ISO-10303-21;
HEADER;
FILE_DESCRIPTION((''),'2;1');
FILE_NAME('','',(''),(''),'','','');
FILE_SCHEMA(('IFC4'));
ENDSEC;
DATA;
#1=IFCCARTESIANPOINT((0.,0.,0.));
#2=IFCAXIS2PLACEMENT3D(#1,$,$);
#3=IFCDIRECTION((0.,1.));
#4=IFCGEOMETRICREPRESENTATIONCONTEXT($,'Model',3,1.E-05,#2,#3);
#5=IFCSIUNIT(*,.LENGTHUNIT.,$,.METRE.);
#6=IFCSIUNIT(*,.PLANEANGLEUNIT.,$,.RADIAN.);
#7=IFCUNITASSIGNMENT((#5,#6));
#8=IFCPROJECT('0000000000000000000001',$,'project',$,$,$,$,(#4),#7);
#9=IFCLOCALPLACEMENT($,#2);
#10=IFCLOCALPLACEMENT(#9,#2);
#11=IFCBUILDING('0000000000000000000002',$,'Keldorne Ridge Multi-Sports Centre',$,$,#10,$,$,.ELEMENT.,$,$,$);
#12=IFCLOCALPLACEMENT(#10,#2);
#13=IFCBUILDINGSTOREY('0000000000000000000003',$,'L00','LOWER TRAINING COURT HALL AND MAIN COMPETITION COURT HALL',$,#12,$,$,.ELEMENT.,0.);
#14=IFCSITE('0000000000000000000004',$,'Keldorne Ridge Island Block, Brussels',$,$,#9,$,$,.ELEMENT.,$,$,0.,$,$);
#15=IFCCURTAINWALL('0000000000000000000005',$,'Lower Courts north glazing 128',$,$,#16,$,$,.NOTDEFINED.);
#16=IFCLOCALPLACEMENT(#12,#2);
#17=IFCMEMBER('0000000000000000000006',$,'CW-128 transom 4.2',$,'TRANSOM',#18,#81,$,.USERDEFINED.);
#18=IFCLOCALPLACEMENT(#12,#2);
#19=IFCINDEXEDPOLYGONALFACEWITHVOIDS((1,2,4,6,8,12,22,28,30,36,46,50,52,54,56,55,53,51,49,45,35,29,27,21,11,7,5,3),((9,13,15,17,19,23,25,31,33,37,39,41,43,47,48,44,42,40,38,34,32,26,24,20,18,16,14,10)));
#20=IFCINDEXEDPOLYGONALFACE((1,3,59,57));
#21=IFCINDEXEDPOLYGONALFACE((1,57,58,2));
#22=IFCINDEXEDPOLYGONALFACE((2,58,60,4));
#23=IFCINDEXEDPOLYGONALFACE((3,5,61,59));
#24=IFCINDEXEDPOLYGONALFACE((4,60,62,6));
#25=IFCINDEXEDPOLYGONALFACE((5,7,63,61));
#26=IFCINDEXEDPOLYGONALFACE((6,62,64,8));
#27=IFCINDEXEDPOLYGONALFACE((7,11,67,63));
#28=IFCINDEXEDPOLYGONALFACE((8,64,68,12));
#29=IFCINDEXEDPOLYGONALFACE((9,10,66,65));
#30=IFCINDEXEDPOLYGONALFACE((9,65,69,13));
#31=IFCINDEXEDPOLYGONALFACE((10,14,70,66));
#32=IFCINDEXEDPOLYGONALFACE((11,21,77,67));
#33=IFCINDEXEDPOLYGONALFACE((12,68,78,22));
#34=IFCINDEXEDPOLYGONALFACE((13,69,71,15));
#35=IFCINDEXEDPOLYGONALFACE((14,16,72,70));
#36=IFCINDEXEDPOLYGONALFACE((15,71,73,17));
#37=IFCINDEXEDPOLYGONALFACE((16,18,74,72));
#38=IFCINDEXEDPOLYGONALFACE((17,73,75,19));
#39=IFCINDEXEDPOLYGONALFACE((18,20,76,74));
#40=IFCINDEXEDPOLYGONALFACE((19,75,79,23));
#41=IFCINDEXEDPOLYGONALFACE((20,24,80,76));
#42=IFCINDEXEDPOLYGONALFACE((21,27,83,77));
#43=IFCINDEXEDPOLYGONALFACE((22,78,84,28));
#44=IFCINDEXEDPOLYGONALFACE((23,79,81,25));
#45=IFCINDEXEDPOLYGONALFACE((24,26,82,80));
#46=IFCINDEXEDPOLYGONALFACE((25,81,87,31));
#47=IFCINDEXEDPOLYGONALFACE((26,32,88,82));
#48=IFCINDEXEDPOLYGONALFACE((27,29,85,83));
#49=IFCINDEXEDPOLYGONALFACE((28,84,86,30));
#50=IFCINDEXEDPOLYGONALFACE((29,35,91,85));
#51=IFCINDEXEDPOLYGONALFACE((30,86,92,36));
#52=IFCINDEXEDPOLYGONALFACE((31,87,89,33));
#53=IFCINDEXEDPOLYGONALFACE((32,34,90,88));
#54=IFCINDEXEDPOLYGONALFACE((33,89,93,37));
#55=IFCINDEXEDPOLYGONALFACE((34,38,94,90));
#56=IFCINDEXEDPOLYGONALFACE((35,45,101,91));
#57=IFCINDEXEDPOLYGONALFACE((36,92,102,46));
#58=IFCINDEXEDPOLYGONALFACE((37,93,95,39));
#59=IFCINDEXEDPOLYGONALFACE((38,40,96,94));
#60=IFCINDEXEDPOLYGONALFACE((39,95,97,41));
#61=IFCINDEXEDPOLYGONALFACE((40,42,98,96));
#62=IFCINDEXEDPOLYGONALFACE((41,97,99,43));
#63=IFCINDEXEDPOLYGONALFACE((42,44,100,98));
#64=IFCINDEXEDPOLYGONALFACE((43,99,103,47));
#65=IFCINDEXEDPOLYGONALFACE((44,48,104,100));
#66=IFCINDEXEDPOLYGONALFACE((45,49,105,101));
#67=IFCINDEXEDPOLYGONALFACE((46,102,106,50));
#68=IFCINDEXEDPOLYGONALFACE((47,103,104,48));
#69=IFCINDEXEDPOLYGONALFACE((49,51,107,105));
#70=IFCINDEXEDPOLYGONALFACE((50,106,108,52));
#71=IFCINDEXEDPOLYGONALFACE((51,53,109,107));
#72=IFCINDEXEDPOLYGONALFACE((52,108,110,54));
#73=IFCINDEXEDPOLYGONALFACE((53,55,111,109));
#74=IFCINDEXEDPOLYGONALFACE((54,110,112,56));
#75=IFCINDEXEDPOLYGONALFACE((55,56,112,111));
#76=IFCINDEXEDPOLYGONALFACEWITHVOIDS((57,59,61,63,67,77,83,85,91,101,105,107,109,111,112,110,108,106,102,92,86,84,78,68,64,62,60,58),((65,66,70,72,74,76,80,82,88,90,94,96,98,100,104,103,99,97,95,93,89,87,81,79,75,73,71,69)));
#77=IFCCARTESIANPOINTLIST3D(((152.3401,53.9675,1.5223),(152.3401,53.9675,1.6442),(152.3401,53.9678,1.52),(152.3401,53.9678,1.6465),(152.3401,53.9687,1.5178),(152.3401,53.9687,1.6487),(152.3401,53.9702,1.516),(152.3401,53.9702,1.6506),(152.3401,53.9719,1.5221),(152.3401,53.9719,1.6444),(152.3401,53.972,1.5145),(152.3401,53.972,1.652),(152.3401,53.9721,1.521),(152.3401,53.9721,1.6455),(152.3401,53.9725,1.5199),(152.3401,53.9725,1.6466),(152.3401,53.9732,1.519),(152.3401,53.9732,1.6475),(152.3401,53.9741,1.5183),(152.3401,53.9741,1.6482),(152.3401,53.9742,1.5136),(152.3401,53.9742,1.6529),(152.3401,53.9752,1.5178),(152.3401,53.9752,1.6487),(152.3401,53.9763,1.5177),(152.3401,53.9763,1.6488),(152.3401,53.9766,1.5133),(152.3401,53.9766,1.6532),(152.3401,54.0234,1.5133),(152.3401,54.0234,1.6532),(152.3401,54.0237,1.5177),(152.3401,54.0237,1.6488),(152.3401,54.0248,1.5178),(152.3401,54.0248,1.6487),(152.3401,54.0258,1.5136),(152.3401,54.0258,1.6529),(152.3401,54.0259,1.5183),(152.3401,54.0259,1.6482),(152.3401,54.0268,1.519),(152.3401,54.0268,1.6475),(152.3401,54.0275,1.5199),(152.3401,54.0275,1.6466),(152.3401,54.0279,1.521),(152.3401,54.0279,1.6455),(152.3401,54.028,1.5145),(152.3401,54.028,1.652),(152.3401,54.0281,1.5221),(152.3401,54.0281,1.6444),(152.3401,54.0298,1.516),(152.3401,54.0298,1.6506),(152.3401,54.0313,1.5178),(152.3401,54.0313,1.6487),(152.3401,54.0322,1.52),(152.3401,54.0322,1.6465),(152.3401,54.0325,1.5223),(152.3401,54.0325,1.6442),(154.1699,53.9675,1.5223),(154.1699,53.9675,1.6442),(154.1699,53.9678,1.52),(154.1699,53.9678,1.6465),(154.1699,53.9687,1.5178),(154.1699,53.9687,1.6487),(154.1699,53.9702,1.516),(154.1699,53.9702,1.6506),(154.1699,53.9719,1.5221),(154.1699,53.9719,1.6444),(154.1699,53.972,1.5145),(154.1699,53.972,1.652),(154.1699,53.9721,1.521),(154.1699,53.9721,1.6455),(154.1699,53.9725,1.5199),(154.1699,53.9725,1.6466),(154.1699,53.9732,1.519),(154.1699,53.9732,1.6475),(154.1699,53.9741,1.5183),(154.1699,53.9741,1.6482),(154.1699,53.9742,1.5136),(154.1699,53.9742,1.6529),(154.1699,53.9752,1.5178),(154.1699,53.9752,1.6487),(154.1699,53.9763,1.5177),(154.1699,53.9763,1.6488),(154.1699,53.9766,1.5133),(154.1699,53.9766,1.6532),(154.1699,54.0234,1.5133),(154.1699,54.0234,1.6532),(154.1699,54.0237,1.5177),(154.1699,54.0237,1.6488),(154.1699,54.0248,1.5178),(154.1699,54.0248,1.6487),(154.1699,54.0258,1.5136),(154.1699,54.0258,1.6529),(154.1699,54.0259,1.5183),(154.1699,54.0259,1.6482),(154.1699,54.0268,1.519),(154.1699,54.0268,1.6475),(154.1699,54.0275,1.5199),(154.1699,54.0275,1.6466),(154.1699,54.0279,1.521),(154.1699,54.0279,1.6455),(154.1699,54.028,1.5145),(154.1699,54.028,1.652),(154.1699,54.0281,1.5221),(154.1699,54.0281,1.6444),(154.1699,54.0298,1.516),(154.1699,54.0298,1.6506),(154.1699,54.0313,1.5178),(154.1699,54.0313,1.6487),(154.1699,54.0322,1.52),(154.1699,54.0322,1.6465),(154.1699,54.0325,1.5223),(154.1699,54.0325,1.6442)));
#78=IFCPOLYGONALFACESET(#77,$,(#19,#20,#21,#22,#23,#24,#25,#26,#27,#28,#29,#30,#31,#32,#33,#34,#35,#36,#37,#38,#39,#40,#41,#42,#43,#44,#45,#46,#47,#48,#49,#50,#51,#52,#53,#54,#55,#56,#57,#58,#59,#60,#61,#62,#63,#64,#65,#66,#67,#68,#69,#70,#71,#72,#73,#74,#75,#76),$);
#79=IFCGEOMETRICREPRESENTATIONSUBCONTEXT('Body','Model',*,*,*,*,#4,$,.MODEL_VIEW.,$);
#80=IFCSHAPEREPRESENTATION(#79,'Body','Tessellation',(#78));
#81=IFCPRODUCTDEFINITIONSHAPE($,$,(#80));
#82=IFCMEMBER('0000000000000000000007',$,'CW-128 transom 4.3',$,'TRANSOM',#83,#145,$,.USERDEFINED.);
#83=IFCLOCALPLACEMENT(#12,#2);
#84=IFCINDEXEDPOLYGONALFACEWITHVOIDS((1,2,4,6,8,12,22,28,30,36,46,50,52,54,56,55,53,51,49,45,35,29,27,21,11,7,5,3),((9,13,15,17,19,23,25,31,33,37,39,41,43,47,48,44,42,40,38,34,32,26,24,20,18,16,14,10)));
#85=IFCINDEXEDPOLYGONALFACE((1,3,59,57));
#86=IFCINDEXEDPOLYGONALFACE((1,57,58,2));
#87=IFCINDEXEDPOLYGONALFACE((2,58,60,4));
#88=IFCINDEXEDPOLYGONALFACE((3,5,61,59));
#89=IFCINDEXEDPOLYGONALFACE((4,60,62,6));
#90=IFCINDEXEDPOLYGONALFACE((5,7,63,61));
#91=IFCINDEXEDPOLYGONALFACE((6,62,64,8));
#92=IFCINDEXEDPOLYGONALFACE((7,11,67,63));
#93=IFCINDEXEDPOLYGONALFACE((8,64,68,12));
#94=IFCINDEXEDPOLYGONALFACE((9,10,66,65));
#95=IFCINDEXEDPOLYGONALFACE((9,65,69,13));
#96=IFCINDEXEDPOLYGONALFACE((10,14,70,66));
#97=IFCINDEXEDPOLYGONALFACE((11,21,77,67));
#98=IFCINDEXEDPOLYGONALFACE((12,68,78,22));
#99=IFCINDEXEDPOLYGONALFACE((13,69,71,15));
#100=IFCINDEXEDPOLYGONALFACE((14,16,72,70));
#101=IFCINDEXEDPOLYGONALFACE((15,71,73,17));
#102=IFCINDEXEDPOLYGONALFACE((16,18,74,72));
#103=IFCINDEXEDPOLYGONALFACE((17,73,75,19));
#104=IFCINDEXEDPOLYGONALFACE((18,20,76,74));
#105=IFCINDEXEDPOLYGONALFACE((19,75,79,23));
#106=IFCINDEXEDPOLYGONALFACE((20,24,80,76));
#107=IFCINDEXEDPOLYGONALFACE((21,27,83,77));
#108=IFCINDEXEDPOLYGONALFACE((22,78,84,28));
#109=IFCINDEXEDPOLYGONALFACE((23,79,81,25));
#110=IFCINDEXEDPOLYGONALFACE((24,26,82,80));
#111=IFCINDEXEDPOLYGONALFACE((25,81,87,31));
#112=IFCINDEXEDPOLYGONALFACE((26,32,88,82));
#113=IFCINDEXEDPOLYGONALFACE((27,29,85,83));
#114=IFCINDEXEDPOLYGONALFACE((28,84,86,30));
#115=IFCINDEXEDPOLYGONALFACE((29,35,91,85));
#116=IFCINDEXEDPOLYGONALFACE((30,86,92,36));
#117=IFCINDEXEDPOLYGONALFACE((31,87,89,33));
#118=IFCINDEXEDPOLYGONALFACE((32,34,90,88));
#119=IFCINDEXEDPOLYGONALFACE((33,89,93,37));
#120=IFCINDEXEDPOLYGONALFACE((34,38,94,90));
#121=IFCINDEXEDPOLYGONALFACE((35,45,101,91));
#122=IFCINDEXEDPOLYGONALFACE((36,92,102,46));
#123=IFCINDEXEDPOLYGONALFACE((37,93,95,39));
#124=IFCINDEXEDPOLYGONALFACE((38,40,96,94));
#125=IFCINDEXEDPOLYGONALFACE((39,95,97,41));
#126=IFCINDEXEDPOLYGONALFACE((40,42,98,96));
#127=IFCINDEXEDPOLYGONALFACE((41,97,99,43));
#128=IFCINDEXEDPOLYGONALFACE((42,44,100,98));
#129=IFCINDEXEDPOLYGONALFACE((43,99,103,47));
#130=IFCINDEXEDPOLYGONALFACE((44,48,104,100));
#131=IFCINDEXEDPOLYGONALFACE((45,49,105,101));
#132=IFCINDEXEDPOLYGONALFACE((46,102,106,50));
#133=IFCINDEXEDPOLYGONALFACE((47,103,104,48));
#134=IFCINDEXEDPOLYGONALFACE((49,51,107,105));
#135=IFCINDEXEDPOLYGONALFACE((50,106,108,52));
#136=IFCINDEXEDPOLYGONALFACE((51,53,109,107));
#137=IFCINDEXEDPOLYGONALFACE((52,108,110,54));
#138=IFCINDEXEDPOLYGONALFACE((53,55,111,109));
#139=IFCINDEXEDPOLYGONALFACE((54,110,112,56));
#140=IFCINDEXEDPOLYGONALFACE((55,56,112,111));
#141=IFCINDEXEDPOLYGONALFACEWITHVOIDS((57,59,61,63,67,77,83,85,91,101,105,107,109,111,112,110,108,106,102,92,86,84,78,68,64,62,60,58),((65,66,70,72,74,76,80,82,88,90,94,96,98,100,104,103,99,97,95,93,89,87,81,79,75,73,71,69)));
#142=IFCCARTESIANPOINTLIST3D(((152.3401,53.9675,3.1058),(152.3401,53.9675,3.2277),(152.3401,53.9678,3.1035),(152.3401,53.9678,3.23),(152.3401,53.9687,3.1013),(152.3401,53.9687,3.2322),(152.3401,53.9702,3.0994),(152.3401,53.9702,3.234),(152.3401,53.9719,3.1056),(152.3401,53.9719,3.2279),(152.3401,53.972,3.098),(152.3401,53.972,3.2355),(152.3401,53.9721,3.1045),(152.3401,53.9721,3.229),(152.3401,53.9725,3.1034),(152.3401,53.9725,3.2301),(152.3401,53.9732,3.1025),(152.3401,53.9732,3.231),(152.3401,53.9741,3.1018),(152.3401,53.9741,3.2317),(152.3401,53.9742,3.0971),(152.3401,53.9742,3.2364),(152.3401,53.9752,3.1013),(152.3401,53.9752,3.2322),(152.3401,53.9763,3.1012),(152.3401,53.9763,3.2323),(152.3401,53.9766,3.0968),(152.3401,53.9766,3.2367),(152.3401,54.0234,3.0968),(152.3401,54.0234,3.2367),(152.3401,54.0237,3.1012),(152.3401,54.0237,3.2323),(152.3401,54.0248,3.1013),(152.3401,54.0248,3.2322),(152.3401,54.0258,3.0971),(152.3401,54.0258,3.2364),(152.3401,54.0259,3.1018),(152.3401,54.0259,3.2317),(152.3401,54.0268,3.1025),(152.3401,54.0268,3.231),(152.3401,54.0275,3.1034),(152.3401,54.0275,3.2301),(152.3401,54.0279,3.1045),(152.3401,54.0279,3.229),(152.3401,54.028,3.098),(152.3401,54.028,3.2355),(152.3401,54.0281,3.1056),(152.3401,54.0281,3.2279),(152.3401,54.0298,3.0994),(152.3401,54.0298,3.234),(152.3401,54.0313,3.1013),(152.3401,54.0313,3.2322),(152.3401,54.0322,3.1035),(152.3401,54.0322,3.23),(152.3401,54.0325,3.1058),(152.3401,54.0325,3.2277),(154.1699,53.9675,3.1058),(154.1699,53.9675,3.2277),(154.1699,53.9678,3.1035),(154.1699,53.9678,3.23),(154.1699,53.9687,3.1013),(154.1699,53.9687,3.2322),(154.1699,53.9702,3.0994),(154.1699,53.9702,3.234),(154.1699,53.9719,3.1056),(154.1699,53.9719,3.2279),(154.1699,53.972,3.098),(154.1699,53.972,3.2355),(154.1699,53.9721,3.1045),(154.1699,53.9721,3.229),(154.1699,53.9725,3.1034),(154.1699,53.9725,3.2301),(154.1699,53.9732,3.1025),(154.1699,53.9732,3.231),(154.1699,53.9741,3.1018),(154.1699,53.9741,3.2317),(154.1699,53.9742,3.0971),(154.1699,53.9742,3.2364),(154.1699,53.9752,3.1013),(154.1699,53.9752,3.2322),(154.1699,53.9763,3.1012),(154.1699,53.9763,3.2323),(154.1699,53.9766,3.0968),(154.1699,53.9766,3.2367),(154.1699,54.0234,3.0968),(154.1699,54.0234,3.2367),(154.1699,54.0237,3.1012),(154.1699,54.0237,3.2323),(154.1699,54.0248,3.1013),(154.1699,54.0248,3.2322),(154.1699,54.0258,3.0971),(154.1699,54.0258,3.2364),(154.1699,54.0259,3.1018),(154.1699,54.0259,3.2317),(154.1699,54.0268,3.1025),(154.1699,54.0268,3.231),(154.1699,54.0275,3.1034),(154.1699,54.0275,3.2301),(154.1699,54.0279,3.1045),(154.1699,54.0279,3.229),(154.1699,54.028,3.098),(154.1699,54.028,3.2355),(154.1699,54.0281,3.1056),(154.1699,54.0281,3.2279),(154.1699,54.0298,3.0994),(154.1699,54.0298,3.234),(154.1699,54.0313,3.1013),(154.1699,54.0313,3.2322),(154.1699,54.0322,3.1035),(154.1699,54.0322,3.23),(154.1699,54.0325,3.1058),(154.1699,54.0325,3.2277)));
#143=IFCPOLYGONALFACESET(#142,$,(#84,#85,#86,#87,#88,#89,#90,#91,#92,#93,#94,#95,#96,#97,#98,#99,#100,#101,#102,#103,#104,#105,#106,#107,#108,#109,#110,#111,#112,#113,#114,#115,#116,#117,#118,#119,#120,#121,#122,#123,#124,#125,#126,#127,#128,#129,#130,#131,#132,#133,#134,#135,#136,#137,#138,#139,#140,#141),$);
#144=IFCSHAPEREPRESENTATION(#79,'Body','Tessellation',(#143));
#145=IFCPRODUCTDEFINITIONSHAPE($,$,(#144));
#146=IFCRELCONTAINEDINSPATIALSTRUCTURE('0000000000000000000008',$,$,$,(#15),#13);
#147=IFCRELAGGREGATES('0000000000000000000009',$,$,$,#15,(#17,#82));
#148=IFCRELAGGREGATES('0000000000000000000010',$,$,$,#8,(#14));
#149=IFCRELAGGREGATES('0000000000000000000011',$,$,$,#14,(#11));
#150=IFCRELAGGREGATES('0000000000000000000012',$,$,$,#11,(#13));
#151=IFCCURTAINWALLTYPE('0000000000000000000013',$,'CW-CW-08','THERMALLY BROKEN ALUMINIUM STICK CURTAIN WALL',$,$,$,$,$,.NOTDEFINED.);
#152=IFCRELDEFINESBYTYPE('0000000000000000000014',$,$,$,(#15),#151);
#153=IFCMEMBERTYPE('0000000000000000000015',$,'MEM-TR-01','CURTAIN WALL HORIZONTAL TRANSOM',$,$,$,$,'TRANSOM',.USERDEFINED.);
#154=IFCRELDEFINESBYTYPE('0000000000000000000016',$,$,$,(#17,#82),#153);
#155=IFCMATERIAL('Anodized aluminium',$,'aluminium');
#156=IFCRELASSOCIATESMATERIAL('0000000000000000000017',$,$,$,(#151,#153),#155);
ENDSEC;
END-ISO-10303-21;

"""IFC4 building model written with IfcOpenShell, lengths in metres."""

from ifc_helpers import new_model, si_unit, direction, frame, origin, origin_2d, place, context, subcontext, project, spatial, hollow_rectangle, extrude, material, material_profile, profile_set, type_object, element, aggregate, save


model = new_model("IFC4")

# Units and contexts
model_context = context("Model", 3, precision=1e-05, world=origin(), true_north=direction((0.0, 1.0)))
body_context = subcontext(model_context, "Body", "Model", "MODEL_VIEW")
ifc_project = project(units=[si_unit("LENGTHUNIT", "METRE"), si_unit("PLANEANGLEUNIT", "RADIAN")], contexts=[model_context])

# Site, building, storey
site_placement = place(None, origin())
site = spatial("IfcSite", under=ifc_project, at=site_placement, Name="Keldorne Ridge Island Block, Brussels", CompositionType="ELEMENT", RefElevation=0.0)
building_placement = place(site_placement, origin())
building = spatial("IfcBuilding", under=site, at=building_placement, Name="Keldorne Ridge Multi-Sports Centre", CompositionType="ELEMENT")
storey_placement = place(building_placement, origin())
storey = spatial("IfcBuildingStorey", under=building, at=storey_placement, Name="L00", Description="LOWER TRAINING COURT HALL AND MAIN COMPETITION COURT HALL", CompositionType="ELEMENT", Elevation=0.0)

# Curtain wall, members
ifc_material_1 = material(Name="Anodized aluminium", Category="aluminium")
curtain_wall_type = type_object("IfcCurtainWallType", Name="CW-CW-08", Description="THERMALLY BROKEN ALUMINIUM STICK CURTAIN WALL", PredefinedType="NOTDEFINED", material=ifc_material_1)
curtain_wall_placement = place(storey_placement, origin())
curtain_wall = element("IfcCurtainWall", 1, at=curtain_wall_placement, inside=storey, type_object=curtain_wall_type, Name="Lower Courts north glazing 128", PredefinedType="NOTDEFINED")
ifc_material_profile_1 = material_profile(ifc_material_1, hollow_rectangle(XDim=0.0649, YDim=0.1399, WallThickness=0.0044, InnerFilletRadius=0.0044, OuterFilletRadius=0.009, at=origin_2d()), Name="ALU TRANSOM 140x65x4.5")
ifc_profile_set_1 = profile_set([ifc_material_profile_1], Name="Anodized aluminium")
member_type_1 = type_object("IfcMemberType", Name="MEM-TR-01", Description="CURTAIN WALL HORIZONTAL TRANSOM", ElementType="TRANSOM", PredefinedType="USERDEFINED", material=ifc_profile_set_1)
member_1_placement = place(storey_placement, frame((154.1699, 54.0, 1.5833), z_axis=(-1.0, 0.0, 0.0), x_axis=(0.0, -1.0, 0.0)))
member_1 = element("IfcMember", 2, at=member_1_placement, type_object=member_type_1, Name="CW-128 transom 4.2", ObjectType="TRANSOM", PredefinedType="USERDEFINED", context=body_context, shape_type="SweptSolid", body=[
    extrude(hollow_rectangle(XDim=0.0649, YDim=0.1399, WallThickness=0.0044, InnerFilletRadius=0.0044, OuterFilletRadius=0.009, at=origin_2d()), origin(), (0.0, 0.0, 1.0), 1.8298),
])
member_2_placement = place(storey_placement, frame((154.1699, 54.0, 3.1667), z_axis=(-1.0, 0.0, 0.0), x_axis=(0.0, -1.0, 0.0)))
member_2 = element("IfcMember", 3, at=member_2_placement, type_object=member_type_1, Name="CW-128 transom 4.3", ObjectType="TRANSOM", PredefinedType="USERDEFINED", context=body_context, shape_type="SweptSolid", body=[
    extrude(hollow_rectangle(XDim=0.0649, YDim=0.1399, WallThickness=0.0044, InnerFilletRadius=0.0044, OuterFilletRadius=0.009, at=origin_2d()), origin(), (0.0, 0.0, 1.0), 1.8298),
])

aggregate(curtain_wall, [member_1, member_2])

save(model, "model.ifc")
